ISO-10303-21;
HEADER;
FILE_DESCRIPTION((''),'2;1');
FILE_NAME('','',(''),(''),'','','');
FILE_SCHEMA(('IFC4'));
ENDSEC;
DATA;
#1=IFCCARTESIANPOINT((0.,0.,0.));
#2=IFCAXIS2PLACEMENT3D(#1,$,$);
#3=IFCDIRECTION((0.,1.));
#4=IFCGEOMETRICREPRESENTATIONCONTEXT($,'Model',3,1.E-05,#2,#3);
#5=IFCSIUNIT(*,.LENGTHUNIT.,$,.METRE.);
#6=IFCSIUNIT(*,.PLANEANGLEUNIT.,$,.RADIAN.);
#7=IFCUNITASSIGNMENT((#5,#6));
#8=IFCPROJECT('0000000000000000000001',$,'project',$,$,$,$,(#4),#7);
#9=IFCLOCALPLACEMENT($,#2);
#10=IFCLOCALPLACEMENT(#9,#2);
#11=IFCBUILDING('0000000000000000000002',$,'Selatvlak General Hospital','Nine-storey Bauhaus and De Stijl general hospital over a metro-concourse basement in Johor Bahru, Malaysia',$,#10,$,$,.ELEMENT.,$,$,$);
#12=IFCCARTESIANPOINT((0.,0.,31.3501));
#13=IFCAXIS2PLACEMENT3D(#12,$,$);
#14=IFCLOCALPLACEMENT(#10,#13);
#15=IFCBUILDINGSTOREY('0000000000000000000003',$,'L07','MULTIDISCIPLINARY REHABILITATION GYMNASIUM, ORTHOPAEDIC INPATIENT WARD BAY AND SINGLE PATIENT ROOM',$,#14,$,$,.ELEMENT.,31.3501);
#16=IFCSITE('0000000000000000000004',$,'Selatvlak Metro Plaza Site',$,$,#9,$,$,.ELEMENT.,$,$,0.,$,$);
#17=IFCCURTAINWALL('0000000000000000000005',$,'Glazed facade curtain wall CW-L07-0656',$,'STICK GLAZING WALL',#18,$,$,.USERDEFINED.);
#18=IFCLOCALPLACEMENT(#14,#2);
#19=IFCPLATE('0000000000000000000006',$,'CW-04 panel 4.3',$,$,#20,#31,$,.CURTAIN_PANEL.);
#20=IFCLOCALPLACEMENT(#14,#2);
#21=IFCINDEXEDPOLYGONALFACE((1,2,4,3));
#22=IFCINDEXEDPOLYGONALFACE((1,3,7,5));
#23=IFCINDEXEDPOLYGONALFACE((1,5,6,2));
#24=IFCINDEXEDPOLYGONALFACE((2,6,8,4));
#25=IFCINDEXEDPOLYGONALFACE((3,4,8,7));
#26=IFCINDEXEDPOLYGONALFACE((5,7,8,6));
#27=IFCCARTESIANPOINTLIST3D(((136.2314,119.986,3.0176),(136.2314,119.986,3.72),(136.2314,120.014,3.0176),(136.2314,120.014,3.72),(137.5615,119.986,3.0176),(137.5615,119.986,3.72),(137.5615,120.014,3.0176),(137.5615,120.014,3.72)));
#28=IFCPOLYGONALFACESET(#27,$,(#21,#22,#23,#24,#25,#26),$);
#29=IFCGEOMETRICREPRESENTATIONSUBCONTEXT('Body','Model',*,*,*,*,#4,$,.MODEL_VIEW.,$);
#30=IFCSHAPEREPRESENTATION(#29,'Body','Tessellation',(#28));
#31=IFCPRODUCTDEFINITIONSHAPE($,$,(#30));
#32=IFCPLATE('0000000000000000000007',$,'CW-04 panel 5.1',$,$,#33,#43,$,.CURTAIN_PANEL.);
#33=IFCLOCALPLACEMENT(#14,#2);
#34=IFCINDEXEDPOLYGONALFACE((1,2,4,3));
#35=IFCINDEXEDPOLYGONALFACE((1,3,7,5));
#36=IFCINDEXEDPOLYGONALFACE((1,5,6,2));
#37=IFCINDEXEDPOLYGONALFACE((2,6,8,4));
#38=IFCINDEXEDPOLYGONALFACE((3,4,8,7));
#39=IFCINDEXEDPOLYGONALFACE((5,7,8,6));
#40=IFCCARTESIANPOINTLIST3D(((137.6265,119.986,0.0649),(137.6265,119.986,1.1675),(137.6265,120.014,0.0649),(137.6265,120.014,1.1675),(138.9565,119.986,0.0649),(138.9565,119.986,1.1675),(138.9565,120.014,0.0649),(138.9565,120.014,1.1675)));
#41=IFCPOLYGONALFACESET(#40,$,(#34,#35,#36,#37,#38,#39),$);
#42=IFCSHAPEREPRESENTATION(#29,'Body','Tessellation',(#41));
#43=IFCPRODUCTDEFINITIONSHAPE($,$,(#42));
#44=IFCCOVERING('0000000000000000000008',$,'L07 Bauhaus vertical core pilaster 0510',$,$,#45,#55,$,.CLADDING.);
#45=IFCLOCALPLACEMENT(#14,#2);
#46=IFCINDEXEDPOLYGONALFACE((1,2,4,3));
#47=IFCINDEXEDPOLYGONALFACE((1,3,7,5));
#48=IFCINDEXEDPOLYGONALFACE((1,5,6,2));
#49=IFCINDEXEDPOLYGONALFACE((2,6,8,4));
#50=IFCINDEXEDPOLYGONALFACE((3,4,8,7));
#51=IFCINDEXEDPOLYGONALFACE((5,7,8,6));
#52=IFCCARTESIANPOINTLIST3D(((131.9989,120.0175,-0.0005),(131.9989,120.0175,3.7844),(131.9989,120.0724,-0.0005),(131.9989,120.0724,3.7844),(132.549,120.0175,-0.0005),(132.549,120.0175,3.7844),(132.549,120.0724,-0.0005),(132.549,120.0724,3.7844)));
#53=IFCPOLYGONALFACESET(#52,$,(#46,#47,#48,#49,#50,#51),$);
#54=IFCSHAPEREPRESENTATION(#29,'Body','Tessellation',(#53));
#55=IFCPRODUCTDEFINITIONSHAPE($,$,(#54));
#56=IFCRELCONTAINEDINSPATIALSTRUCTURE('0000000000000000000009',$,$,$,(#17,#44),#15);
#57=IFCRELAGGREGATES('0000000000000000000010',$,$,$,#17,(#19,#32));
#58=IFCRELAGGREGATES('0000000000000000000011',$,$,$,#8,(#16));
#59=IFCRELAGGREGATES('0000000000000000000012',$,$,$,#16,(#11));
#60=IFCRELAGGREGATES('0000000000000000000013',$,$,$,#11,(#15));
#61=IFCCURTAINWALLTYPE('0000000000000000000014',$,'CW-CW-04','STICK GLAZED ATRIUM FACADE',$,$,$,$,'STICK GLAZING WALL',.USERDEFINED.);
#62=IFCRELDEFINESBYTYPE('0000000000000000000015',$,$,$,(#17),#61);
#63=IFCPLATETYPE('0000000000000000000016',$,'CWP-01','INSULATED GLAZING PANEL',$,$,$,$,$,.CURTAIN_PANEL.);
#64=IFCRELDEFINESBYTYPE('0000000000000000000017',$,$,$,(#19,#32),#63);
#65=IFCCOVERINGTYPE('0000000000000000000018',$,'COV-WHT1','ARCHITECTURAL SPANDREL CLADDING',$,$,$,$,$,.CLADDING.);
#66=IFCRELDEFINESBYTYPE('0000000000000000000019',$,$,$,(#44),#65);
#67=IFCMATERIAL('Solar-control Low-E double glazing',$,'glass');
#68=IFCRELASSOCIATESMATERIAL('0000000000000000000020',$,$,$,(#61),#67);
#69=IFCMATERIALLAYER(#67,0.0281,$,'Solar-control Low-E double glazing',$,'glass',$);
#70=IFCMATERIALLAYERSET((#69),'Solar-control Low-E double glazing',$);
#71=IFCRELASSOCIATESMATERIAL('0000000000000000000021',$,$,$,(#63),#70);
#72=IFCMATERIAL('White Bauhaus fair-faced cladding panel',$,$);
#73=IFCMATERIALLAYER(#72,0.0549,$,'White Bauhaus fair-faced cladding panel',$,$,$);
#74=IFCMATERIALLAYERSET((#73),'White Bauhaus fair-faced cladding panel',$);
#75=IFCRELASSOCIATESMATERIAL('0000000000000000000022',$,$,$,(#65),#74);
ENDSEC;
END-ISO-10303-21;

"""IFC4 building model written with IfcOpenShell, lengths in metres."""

from ifc_helpers import new_model, si_unit, direction, frame, origin, origin_2d, place, context, subcontext, project, spatial, rectangle, extrude, material, layer, layer_set, type_object, element, aggregate, save


model = new_model("IFC4")

# Units and contexts
model_context = context("Model", 3, precision=1e-05, world=origin(), true_north=direction((0.0, 1.0)))
body_context = subcontext(model_context, "Body", "Model", "MODEL_VIEW")
ifc_project = project(units=[si_unit("LENGTHUNIT", "METRE"), si_unit("PLANEANGLEUNIT", "RADIAN")], contexts=[model_context])

# Site, building, storey
site_placement = place(None, origin())
site = spatial("IfcSite", under=ifc_project, at=site_placement, Name="Selatvlak Metro Plaza Site", CompositionType="ELEMENT", RefElevation=0.0)
building_placement = place(site_placement, origin())
building = spatial("IfcBuilding", under=site, at=building_placement, Name="Selatvlak General Hospital", Description="Nine-storey Bauhaus and De Stijl general hospital over a metro-concourse basement in Johor Bahru, Malaysia", CompositionType="ELEMENT")
storey_placement = place(building_placement, frame((0.0, 0.0, 31.3501)))
storey = spatial("IfcBuildingStorey", under=building, at=storey_placement, Name="L07", Description="MULTIDISCIPLINARY REHABILITATION GYMNASIUM, ORTHOPAEDIC INPATIENT WARD BAY AND SINGLE PATIENT ROOM", CompositionType="ELEMENT", Elevation=31.3501)

# Curtain wall, plates
ifc_material_1 = material(Name="Solar-control Low-E double glazing", Category="glass")
curtain_wall_type = type_object("IfcCurtainWallType", Name="CW-CW-04", Description="STICK GLAZED ATRIUM FACADE", ElementType="STICK GLAZING WALL", PredefinedType="USERDEFINED", material=ifc_material_1)
curtain_wall_placement = place(storey_placement, origin())
curtain_wall = element("IfcCurtainWall", 1, at=curtain_wall_placement, inside=storey, type_object=curtain_wall_type, Name="Glazed facade curtain wall CW-L07-0656", ObjectType="STICK GLAZING WALL", PredefinedType="USERDEFINED")
ifc_layer_1 = layer(ifc_material_1, 0.0281, Name="Solar-control Low-E double glazing", Category="glass")
ifc_layer_set_1 = layer_set([ifc_layer_1], Name="Solar-control Low-E double glazing")
plate_type = type_object("IfcPlateType", Name="CWP-01", Description="INSULATED GLAZING PANEL", PredefinedType="CURTAIN_PANEL", material=ifc_layer_set_1)
plate_1_placement = place(storey_placement, frame((136.8965, 120.0, 3.0176), z_axis=(0.0, 0.0, 1.0), x_axis=(1.0, 0.0, 0.0)))
plate_1 = element("IfcPlate", 2, at=plate_1_placement, type_object=plate_type, Name="CW-04 panel 4.3", PredefinedType="CURTAIN_PANEL", context=body_context, shape_type="SweptSolid", body=[
    extrude(rectangle(XDim=1.3301, YDim=0.0281, at=origin_2d()), origin(), (0.0, 0.0, 1.0), 0.7024),
])
plate_2_placement = place(storey_placement, frame((138.2915, 120.0, 0.0649), z_axis=(0.0, 0.0, 1.0), x_axis=(1.0, 0.0, 0.0)))
plate_2 = element("IfcPlate", 3, at=plate_2_placement, type_object=plate_type, Name="CW-04 panel 5.1", PredefinedType="CURTAIN_PANEL", context=body_context, shape_type="SweptSolid", body=[
    extrude(rectangle(XDim=1.3301, YDim=0.0281, at=origin_2d()), origin(), (0.0, 0.0, 1.0), 1.1025),
])
aggregate(curtain_wall, [plate_1, plate_2])

# Covering
ifc_material_2 = material(Name="White Bauhaus fair-faced cladding panel")
ifc_layer_2 = layer(ifc_material_2, 0.0549, Name="White Bauhaus fair-faced cladding panel")
ifc_layer_set_2 = layer_set([ifc_layer_2], Name="White Bauhaus fair-faced cladding panel")
covering_type = type_object("IfcCoveringType", Name="COV-WHT1", Description="ARCHITECTURAL SPANDREL CLADDING", PredefinedType="CLADDING", material=ifc_layer_set_2)
covering_placement = place(storey_placement, frame((132.2739, 120.0449, -0.0005), z_axis=(0.0, 0.0, 1.0), x_axis=(1.0, 0.0, 0.0)))
element("IfcCovering", 4, at=covering_placement, inside=storey, type_object=covering_type, Name="L07 Bauhaus vertical core pilaster 0510", PredefinedType="CLADDING", context=body_context, shape_type="SweptSolid", body=[
    extrude(rectangle(XDim=0.55, YDim=0.0549, at=origin_2d()), origin(), (0.0, 0.0, 1.0), 3.7849),
])

save(model, "model.ifc")
